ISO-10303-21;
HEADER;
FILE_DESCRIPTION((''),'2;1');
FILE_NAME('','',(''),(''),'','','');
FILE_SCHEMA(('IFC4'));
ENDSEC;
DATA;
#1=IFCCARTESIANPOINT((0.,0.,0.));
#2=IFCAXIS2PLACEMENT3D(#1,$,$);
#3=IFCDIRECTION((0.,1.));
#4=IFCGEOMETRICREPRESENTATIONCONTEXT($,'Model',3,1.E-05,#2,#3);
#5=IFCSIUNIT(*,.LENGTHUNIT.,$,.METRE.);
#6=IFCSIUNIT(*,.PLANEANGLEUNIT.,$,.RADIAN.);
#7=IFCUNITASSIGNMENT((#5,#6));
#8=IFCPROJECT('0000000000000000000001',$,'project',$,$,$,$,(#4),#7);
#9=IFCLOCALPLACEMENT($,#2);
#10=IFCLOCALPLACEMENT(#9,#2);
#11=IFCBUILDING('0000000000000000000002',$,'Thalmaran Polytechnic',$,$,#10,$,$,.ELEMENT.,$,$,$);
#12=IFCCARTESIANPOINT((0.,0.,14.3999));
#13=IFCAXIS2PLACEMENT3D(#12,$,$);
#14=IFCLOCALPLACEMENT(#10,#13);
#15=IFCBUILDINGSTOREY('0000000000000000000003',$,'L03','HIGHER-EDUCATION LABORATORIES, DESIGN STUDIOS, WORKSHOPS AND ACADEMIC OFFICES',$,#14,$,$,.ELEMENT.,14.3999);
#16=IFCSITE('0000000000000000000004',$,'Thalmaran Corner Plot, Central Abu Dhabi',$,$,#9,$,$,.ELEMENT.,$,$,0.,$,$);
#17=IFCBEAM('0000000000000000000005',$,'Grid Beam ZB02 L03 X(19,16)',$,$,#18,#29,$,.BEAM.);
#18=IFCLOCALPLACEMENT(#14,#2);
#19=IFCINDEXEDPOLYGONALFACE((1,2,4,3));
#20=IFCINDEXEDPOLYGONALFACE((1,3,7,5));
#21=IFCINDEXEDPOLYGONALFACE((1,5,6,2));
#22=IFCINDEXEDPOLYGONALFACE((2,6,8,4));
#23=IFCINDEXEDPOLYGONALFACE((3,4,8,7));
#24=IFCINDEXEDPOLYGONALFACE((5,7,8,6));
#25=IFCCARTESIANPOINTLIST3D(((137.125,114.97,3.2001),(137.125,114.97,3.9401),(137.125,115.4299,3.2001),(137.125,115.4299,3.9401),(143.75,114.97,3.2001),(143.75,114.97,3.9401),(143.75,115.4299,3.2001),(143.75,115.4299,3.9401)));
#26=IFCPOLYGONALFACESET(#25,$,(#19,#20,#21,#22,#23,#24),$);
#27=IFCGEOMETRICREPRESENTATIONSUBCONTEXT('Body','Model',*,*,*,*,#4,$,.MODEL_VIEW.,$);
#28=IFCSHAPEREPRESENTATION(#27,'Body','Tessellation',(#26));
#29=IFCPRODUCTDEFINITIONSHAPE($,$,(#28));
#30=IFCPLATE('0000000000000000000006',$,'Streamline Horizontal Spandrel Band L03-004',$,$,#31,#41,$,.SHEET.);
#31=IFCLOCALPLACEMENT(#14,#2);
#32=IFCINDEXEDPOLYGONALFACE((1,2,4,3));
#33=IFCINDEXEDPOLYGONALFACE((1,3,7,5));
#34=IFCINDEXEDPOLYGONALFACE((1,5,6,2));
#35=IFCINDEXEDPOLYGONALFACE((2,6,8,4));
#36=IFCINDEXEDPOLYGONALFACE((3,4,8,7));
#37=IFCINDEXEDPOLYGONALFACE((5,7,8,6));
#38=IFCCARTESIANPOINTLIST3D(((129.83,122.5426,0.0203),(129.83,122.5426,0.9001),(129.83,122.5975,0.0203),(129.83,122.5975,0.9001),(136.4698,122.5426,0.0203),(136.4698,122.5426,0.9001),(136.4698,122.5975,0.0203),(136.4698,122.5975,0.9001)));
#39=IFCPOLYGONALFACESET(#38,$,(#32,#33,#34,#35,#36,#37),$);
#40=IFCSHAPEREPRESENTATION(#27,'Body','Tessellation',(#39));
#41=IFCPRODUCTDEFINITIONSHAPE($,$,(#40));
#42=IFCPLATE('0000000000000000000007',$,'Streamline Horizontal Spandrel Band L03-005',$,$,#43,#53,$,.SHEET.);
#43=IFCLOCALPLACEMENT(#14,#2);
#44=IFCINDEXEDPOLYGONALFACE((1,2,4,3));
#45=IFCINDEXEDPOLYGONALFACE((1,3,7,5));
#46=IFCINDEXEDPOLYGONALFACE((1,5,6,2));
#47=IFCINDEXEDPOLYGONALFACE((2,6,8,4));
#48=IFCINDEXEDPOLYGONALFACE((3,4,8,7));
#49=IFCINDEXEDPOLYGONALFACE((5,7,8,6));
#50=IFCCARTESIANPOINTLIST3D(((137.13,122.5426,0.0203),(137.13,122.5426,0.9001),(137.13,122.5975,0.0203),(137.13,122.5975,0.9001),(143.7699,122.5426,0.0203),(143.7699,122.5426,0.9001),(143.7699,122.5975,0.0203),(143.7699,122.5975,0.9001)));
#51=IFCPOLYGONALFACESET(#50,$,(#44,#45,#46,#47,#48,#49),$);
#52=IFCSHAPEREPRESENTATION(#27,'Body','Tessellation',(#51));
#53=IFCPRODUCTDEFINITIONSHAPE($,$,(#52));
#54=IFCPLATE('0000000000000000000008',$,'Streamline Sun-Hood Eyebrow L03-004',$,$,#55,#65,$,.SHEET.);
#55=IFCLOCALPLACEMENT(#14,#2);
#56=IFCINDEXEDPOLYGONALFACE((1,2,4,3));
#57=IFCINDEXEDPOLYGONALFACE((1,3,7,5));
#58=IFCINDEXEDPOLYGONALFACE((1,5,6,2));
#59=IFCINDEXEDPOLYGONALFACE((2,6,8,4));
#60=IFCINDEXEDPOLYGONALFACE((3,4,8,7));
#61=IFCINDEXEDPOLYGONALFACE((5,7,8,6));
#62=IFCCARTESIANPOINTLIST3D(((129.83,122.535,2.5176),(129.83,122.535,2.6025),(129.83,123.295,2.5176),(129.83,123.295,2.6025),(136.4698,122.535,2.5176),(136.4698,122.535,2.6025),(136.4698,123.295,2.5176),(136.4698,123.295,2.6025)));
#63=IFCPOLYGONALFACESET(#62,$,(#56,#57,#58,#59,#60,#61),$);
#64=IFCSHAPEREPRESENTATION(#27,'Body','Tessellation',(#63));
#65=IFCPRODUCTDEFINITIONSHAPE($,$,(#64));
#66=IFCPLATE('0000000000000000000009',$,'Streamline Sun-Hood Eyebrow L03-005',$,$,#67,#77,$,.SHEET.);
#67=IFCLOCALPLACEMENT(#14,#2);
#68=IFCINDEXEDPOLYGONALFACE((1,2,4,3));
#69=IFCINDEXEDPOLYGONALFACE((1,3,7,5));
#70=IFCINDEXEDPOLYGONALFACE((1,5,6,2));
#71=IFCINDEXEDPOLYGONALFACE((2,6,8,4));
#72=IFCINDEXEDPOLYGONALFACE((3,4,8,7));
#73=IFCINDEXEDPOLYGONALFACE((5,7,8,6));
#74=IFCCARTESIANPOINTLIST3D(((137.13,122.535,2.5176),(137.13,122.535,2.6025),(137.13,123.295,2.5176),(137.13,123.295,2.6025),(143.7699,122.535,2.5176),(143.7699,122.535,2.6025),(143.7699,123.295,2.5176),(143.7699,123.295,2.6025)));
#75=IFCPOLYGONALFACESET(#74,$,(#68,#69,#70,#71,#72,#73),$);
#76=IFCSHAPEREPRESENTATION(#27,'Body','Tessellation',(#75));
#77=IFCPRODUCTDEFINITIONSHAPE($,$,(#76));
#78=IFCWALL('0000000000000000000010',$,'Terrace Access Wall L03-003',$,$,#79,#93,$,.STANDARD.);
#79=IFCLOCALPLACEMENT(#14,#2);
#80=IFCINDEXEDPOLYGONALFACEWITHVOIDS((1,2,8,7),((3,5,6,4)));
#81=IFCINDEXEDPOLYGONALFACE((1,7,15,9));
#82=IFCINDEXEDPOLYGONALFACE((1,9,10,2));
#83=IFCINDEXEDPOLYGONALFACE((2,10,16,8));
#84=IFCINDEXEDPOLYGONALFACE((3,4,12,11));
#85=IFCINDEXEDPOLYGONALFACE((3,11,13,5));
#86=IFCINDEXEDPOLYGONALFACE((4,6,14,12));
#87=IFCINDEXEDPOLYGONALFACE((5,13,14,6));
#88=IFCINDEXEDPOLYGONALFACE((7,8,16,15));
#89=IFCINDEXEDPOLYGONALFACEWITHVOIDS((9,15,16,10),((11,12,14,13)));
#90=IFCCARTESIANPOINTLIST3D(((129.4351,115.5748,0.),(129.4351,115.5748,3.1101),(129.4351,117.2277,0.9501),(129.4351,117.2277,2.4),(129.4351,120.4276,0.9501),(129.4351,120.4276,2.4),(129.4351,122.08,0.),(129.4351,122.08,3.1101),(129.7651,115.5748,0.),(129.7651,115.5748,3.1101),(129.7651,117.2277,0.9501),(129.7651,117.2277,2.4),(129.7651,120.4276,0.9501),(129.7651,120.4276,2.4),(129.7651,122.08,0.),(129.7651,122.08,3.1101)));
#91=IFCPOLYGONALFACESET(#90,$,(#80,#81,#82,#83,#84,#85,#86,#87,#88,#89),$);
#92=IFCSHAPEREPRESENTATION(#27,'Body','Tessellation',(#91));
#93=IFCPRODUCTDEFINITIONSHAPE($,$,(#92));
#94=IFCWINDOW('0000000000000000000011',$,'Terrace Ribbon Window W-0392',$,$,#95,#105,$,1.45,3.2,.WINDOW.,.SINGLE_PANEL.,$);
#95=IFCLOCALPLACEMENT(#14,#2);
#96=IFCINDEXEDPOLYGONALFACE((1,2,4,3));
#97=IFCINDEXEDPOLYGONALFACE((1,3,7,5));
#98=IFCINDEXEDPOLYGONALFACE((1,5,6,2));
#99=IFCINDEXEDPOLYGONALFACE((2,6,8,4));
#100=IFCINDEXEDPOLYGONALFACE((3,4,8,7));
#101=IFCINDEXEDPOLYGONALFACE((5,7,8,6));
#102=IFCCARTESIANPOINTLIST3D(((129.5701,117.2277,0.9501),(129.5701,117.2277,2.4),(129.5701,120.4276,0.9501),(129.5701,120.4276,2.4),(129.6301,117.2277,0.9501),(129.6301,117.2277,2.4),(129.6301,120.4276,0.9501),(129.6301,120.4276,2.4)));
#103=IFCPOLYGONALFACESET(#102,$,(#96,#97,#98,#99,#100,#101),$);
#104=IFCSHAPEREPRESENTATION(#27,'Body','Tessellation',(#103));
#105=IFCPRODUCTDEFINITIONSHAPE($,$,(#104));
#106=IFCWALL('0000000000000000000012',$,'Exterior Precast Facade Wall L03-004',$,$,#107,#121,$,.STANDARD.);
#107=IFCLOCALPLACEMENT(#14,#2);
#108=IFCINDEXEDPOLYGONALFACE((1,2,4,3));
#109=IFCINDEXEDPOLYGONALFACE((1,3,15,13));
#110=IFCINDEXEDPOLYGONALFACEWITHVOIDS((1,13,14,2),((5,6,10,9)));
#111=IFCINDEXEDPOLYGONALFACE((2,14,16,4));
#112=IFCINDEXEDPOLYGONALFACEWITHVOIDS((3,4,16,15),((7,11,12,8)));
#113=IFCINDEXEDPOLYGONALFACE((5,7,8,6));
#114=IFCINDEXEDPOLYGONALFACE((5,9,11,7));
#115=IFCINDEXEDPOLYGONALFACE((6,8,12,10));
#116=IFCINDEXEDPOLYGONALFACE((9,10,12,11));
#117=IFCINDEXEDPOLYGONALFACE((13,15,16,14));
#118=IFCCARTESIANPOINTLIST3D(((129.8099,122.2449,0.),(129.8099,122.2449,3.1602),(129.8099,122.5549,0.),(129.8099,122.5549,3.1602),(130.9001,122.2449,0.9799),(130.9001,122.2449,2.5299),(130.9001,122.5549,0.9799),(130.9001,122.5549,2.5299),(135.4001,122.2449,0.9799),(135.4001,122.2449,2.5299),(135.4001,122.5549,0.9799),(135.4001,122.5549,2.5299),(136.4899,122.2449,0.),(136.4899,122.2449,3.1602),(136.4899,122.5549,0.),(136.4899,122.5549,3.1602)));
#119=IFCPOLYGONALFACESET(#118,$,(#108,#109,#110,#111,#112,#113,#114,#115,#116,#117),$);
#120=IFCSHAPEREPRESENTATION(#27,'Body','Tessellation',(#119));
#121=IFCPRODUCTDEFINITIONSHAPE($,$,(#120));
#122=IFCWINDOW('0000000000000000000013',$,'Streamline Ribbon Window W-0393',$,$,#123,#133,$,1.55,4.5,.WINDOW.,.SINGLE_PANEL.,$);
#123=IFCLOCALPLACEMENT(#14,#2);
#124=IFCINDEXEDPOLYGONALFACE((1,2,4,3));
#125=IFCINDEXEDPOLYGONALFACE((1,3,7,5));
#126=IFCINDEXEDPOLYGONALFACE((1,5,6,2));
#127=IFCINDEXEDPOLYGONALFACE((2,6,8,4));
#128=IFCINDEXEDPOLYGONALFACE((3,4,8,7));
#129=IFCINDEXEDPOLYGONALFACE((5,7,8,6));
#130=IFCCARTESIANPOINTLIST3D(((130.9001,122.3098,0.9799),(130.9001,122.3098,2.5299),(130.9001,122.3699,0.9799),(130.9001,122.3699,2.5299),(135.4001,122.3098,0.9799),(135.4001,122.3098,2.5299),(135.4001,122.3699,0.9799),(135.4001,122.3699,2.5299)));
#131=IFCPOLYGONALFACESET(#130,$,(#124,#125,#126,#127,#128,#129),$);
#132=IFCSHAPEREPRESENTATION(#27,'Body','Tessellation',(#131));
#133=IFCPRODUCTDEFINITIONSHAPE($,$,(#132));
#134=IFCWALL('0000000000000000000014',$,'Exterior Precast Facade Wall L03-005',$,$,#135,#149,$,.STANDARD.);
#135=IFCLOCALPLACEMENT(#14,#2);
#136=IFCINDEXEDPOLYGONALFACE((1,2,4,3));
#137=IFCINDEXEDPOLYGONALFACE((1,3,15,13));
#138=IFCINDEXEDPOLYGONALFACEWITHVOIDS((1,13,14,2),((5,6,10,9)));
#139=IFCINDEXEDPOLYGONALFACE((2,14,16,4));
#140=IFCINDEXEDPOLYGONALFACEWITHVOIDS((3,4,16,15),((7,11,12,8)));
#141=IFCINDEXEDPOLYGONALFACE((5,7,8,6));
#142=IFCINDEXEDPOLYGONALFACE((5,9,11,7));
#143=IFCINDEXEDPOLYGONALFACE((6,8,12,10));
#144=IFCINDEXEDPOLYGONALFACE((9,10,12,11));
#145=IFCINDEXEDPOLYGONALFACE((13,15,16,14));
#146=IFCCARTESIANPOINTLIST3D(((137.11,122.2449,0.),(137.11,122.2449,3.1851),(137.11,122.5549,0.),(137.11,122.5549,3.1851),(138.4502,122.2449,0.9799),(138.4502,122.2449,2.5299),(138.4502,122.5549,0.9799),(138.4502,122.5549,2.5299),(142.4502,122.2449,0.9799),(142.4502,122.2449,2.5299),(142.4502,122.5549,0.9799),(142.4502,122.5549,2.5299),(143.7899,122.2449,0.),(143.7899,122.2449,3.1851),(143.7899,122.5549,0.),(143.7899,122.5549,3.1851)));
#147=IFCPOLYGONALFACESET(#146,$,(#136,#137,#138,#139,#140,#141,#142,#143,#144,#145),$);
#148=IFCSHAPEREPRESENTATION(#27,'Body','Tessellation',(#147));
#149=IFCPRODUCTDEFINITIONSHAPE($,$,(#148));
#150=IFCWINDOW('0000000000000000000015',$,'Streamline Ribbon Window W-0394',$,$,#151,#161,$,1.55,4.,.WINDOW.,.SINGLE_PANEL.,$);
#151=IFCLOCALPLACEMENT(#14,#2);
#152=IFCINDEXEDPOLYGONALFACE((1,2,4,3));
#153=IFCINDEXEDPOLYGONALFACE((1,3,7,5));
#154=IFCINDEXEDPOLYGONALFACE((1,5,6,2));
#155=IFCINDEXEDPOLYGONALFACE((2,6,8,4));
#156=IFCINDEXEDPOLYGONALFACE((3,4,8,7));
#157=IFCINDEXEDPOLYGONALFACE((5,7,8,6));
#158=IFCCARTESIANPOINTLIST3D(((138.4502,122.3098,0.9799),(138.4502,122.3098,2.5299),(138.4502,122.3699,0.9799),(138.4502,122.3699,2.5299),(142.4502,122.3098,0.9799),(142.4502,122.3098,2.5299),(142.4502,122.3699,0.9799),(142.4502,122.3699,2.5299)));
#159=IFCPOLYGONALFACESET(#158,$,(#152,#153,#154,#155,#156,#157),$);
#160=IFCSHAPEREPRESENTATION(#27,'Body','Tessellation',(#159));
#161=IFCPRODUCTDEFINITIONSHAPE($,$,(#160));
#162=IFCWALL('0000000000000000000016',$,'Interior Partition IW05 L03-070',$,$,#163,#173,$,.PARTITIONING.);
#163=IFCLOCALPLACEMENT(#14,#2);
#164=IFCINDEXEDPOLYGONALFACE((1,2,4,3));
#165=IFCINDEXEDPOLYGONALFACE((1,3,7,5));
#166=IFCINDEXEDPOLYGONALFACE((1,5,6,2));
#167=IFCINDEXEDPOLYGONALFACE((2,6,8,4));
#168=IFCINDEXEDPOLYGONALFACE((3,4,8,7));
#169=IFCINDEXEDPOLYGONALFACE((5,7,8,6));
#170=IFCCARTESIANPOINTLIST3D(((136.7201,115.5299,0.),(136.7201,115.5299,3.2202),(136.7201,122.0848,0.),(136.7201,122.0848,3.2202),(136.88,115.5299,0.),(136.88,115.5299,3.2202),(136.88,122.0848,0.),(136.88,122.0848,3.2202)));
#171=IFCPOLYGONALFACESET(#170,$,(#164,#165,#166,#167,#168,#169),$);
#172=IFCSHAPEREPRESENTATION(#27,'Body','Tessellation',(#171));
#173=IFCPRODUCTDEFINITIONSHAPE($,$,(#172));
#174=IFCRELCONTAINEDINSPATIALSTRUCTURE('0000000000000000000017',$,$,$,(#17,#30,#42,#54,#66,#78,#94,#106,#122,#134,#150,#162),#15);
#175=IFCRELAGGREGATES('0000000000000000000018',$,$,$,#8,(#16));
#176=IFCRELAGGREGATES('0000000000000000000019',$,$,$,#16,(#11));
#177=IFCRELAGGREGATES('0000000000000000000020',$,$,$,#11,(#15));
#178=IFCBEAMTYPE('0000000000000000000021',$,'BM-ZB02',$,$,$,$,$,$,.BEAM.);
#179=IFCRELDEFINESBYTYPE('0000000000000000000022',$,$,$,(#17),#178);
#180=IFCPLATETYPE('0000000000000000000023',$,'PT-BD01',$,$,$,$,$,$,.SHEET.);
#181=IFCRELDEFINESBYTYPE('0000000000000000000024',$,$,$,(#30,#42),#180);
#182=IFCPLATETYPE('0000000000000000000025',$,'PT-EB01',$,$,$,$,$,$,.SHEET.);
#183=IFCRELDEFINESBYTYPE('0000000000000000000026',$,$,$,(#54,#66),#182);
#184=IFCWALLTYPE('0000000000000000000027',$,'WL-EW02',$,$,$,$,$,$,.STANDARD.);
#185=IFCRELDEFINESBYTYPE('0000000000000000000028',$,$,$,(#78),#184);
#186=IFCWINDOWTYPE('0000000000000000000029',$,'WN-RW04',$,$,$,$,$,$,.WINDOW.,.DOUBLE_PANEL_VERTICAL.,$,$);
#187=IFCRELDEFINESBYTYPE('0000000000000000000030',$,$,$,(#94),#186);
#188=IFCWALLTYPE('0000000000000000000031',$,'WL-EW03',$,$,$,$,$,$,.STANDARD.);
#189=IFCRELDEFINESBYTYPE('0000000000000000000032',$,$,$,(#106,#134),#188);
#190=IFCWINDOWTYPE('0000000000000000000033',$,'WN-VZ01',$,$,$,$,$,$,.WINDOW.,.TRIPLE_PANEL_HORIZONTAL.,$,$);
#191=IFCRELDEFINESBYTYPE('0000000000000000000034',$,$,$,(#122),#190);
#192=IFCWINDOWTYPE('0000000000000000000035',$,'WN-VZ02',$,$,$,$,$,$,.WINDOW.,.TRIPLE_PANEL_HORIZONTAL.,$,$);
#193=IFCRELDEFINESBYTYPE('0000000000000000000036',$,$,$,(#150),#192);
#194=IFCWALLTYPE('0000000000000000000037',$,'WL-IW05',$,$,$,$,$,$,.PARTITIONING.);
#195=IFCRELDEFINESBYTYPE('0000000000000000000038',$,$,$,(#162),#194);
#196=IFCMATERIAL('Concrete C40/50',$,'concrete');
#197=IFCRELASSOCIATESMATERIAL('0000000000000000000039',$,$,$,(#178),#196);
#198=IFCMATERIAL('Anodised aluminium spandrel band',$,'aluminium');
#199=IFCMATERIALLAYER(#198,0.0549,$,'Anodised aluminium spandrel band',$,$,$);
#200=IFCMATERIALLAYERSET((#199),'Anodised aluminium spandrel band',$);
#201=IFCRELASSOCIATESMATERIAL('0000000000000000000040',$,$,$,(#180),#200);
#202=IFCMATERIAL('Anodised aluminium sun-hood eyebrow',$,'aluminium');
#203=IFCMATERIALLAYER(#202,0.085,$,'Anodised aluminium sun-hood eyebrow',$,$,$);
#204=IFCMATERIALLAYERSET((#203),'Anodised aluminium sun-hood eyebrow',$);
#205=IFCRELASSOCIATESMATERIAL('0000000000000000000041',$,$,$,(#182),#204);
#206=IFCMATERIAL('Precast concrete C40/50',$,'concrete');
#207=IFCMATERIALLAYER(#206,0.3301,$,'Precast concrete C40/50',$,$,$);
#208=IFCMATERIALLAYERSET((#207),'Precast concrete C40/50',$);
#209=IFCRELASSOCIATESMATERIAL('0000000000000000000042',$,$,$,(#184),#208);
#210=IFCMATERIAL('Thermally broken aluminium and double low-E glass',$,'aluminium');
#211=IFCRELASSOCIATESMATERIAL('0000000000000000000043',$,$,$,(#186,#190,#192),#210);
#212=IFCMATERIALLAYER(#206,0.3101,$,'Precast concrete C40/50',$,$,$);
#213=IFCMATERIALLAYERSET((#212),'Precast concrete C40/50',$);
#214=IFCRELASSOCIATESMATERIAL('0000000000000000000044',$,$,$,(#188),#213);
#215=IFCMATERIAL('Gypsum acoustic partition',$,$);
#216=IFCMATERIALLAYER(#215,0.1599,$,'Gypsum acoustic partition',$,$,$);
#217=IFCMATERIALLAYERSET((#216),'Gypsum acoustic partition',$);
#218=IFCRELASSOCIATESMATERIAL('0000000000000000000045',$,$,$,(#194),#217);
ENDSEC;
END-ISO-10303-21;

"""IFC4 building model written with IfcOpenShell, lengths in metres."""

from ifc_helpers import new_model, si_unit, direction, frame, frame_2d, origin, origin_2d, place, context, subcontext, project, spatial, rectangle, extrude, material, layer, layer_set, material_profile, profile_set, type_object, element, fill, save


model = new_model("IFC4")

# Units and contexts
model_context = context("Model", 3, precision=1e-05, world=origin(), true_north=direction((0.0, 1.0)))
body_context = subcontext(model_context, "Body", "Model", "MODEL_VIEW")
ifc_project = project(units=[si_unit("LENGTHUNIT", "METRE"), si_unit("PLANEANGLEUNIT", "RADIAN")], contexts=[model_context])

# Site, building, storey
site_placement = place(None, origin())
site = spatial("IfcSite", under=ifc_project, at=site_placement, Name="Thalmaran Corner Plot, Central Abu Dhabi", CompositionType="ELEMENT", RefElevation=0.0)
building_placement = place(site_placement, origin())
building = spatial("IfcBuilding", under=site, at=building_placement, Name="Thalmaran Polytechnic", CompositionType="ELEMENT")
storey_placement = place(building_placement, frame((0.0, 0.0, 14.3999)))
storey = spatial("IfcBuildingStorey", under=building, at=storey_placement, Name="L03", Description="HIGHER-EDUCATION LABORATORIES, DESIGN STUDIOS, WORKSHOPS AND ACADEMIC OFFICES", CompositionType="ELEMENT", Elevation=14.3999)

# Shared definitions
ifc_material_1 = material(Name="Concrete C40/50", Category="concrete")

# Beam
ifc_material_profile_1 = material_profile(ifc_material_1, rectangle(XDim=0.46, YDim=0.74, at=origin_2d()), Name="RC 460x740")
ifc_profile_set_1 = profile_set([ifc_material_profile_1], Name="Concrete C40/50")
beam_type_1 = type_object("IfcBeamType", Name="BM-ZB02", PredefinedType="BEAM", material=ifc_profile_set_1)
beam_1_placement = place(storey_placement, frame((137.125, 115.2, 3.5701), z_axis=(1.0, 0.0, 0.0), x_axis=(0.0, 1.0, 0.0)))
element("IfcBeam", 1, at=beam_1_placement, inside=storey, type_object=beam_type_1, Name="Grid Beam ZB02 L03 X(19,16)", PredefinedType="BEAM", context=body_context, shape_type="SweptSolid", body=[
    extrude(rectangle(XDim=0.46, YDim=0.74, at=origin_2d()), origin(), (0.0, 0.0, 1.0), 6.625),
])

# Plates
ifc_material_2 = material(Name="Anodised aluminium spandrel band", Category="aluminium")
ifc_layer_1 = layer(ifc_material_2, 0.0549, Name="Anodised aluminium spandrel band")
ifc_layer_set_1 = layer_set([ifc_layer_1], Name="Anodised aluminium spandrel band")
plate_type_1 = type_object("IfcPlateType", Name="PT-BD01", PredefinedType="SHEET", material=ifc_layer_set_1)
for number, where, z_axis, x_axis, name in (
    (2, (133.1499, 122.5701, 0.0203), (0.0, 0.0, 1.0), (1.0, 0.0, 0.0), "Streamline Horizontal Spandrel Band L03-004"),
    (3, (140.45, 122.5701, 0.0203), (0.0, 0.0, 1.0), (1.0, 0.0, 0.0), "Streamline Horizontal Spandrel Band L03-005"),
):
    element("IfcPlate", number, at=place(storey_placement, frame(where, z_axis=z_axis, x_axis=x_axis)), inside=storey, type_object=plate_type_1, Name=name, PredefinedType="SHEET", context=body_context, shape_type="SweptSolid", body=[
        extrude(rectangle(XDim=6.6399, YDim=0.0549, at=origin_2d()), origin(), (0.0, 0.0, 1.0), 0.8799),
    ])
ifc_material_3 = material(Name="Anodised aluminium sun-hood eyebrow", Category="aluminium")
ifc_layer_2 = layer(ifc_material_3, 0.085, Name="Anodised aluminium sun-hood eyebrow")
ifc_layer_set_2 = layer_set([ifc_layer_2], Name="Anodised aluminium sun-hood eyebrow")
plate_type_2 = type_object("IfcPlateType", Name="PT-EB01", PredefinedType="SHEET", material=ifc_layer_set_2)
for number, where, z_axis, x_axis, name in (
    (4, (133.1499, 122.915, 2.5176), (0.0, 0.0, 1.0), (1.0, 0.0, 0.0), "Streamline Sun-Hood Eyebrow L03-004"),
    (5, (140.45, 122.915, 2.5176), (0.0, 0.0, 1.0), (1.0, 0.0, 0.0), "Streamline Sun-Hood Eyebrow L03-005"),
):
    element("IfcPlate", number, at=place(storey_placement, frame(where, z_axis=z_axis, x_axis=x_axis)), inside=storey, type_object=plate_type_2, Name=name, PredefinedType="SHEET", context=body_context, shape_type="SweptSolid", body=[
        extrude(rectangle(XDim=6.6399, YDim=0.76, at=origin_2d()), origin(), (0.0, 0.0, 1.0), 0.085),
    ])

# Walls, openings, windows
ifc_material_4 = material(Name="Precast concrete C40/50", Category="concrete")
ifc_layer_3 = layer(ifc_material_4, 0.3301, Name="Precast concrete C40/50")
ifc_layer_set_3 = layer_set([ifc_layer_3], Name="Precast concrete C40/50")
wall_type_1 = type_object("IfcWallType", Name="WL-EW02", PredefinedType="STANDARD", material=ifc_layer_set_3)
wall_1_placement = place(storey_placement, frame((129.6001, 115.575, 0.0), z_axis=(0.0, 0.0, 1.0), x_axis=(0.0, 1.0, 0.0)))
wall_1 = element("IfcWall", 6, at=wall_1_placement, inside=storey, type_object=wall_type_1, Name="Terrace Access Wall L03-003", PredefinedType="STANDARD", context=body_context, shape_type="SweptSolid", body=[
    extrude(rectangle(XDim=6.5051, YDim=0.3301, at=frame_2d((3.2524, 0.0))), origin(), (0.0, 0.0, 1.0), 3.1101),
])
opening_1_placement = place(wall_1_placement, frame((1.6526, 0.0, 0.95)))
opening_1 = element("IfcOpeningElement", 7, at=opening_1_placement, cuts=wall_1, PredefinedType="OPENING", context=body_context, shape_type="SweptSolid", body=[
    extrude(rectangle(XDim=3.2, YDim=1.45, at=frame_2d((1.6001, 0.7251))), frame((0.0, 0.175, 0.0), z_axis=(0.0, -1.0, 0.0), x_axis=(1.0, 0.0, 0.0)), (0.0, 0.0, 1.0), 0.3501),
])
ifc_material_5 = material(Name="Thermally broken aluminium and double low-E glass", Category="aluminium")
window_type_1 = type_object("IfcWindowType", Name="WN-RW04", PartitioningType="DOUBLE_PANEL_VERTICAL", PredefinedType="WINDOW", material=ifc_material_5)
window_1_placement = place(opening_1_placement, origin())
window_1 = element("IfcWindow", 8, at=window_1_placement, inside=storey, type_object=window_type_1, Name="Terrace Ribbon Window W-0392", OverallHeight=1.45, OverallWidth=3.2, PartitioningType="SINGLE_PANEL", PredefinedType="WINDOW", context=body_context, shape_type="SweptSolid", body=[
    extrude(rectangle(XDim=3.2, YDim=1.45, at=frame_2d((1.6001, 0.7251))), frame((0.0, 0.03, 0.0), z_axis=(0.0, -1.0, 0.0), x_axis=(1.0, 0.0, 0.0)), (0.0, 0.0, 1.0), 0.0601),
])
fill(opening_1, window_1)
ifc_layer_4 = layer(ifc_material_4, 0.3101, Name="Precast concrete C40/50")
ifc_layer_set_4 = layer_set([ifc_layer_4], Name="Precast concrete C40/50")
wall_type_2 = type_object("IfcWallType", Name="WL-EW03", PredefinedType="STANDARD", material=ifc_layer_set_4)
wall_2_placement = place(storey_placement, frame((129.8101, 122.3999, 0.0), z_axis=(0.0, 0.0, 1.0), x_axis=(1.0, 0.0, 0.0)))
wall_2 = element("IfcWall", 9, at=wall_2_placement, inside=storey, type_object=wall_type_2, Name="Exterior Precast Facade Wall L03-004", PredefinedType="STANDARD", context=body_context, shape_type="SweptSolid", body=[
    extrude(rectangle(XDim=6.6799, YDim=0.3101, at=frame_2d((3.3398, 0.0))), origin(), (0.0, 0.0, 1.0), 3.1602),
])
opening_2_placement = place(wall_2_placement, frame((1.0901, 0.0, 0.98)))
opening_2 = element("IfcOpeningElement", 10, at=opening_2_placement, cuts=wall_2, PredefinedType="OPENING", context=body_context, shape_type="SweptSolid", body=[
    extrude(rectangle(XDim=4.5, YDim=1.55, at=frame_2d((2.25, 0.7749))), frame((0.0, 0.165, 0.0), z_axis=(0.0, -1.0, 0.0), x_axis=(1.0, 0.0, 0.0)), (0.0, 0.0, 1.0), 0.3301),
])
window_type_2 = type_object("IfcWindowType", Name="WN-VZ01", PartitioningType="TRIPLE_PANEL_HORIZONTAL", PredefinedType="WINDOW", material=ifc_material_5)
window_2_placement = place(opening_2_placement, origin())
window_2 = element("IfcWindow", 11, at=window_2_placement, inside=storey, type_object=window_type_2, Name="Streamline Ribbon Window W-0393", OverallHeight=1.55, OverallWidth=4.5, PartitioningType="SINGLE_PANEL", PredefinedType="WINDOW", context=body_context, shape_type="SweptSolid", body=[
    extrude(rectangle(XDim=4.5, YDim=1.55, at=frame_2d((2.25, 0.7749))), frame((0.0, -0.03, 0.0), z_axis=(0.0, -1.0, 0.0), x_axis=(1.0, 0.0, 0.0)), (0.0, 0.0, 1.0), 0.0601),
])
fill(opening_2, window_2)
wall_3_placement = place(storey_placement, frame((137.1101, 122.3999, 0.0), z_axis=(0.0, 0.0, 1.0), x_axis=(1.0, 0.0, 0.0)))
wall_3 = element("IfcWall", 12, at=wall_3_placement, inside=storey, type_object=wall_type_2, Name="Exterior Precast Facade Wall L03-005", PredefinedType="STANDARD", context=body_context, shape_type="SweptSolid", body=[
    extrude(rectangle(XDim=6.6799, YDim=0.3101, at=frame_2d((3.3398, 0.0))), origin(), (0.0, 0.0, 1.0), 3.1851),
])
opening_3_placement = place(wall_3_placement, frame((1.3401, 0.0, 0.98)))
opening_3 = element("IfcOpeningElement", 13, at=opening_3_placement, cuts=wall_3, PredefinedType="OPENING", context=body_context, shape_type="SweptSolid", body=[
    extrude(rectangle(XDim=4.0, YDim=1.55, at=frame_2d((2.0, 0.7749))), frame((0.0, 0.165, 0.0), z_axis=(0.0, -1.0, 0.0), x_axis=(1.0, 0.0, 0.0)), (0.0, 0.0, 1.0), 0.3301),
])
window_type_3 = type_object("IfcWindowType", Name="WN-VZ02", PartitioningType="TRIPLE_PANEL_HORIZONTAL", PredefinedType="WINDOW", material=ifc_material_5)
window_3_placement = place(opening_3_placement, origin())
window_3 = element("IfcWindow", 14, at=window_3_placement, inside=storey, type_object=window_type_3, Name="Streamline Ribbon Window W-0394", OverallHeight=1.55, OverallWidth=4.0, PartitioningType="SINGLE_PANEL", PredefinedType="WINDOW", context=body_context, shape_type="SweptSolid", body=[
    extrude(rectangle(XDim=4.0, YDim=1.55, at=frame_2d((2.0, 0.7749))), frame((0.0, -0.03, 0.0), z_axis=(0.0, -1.0, 0.0), x_axis=(1.0, 0.0, 0.0)), (0.0, 0.0, 1.0), 0.0601),
])
fill(opening_3, window_3)

# Wall
ifc_material_6 = material(Name="Gypsum acoustic partition")
ifc_layer_5 = layer(ifc_material_6, 0.1599, Name="Gypsum acoustic partition")
ifc_layer_set_5 = layer_set([ifc_layer_5], Name="Gypsum acoustic partition")
wall_type_3 = type_object("IfcWallType", Name="WL-IW05", PredefinedType="PARTITIONING", material=ifc_layer_set_5)
wall_4_placement = place(storey_placement, frame((136.8, 115.53, 0.0), z_axis=(0.0, 0.0, 1.0), x_axis=(0.0, 1.0, 0.0)))
element("IfcWall", 15, at=wall_4_placement, inside=storey, type_object=wall_type_3, Name="Interior Partition IW05 L03-070", PredefinedType="PARTITIONING", context=body_context, shape_type="SweptSolid", body=[
    extrude(rectangle(XDim=6.5549, YDim=0.1599, at=frame_2d((3.2773, 0.0))), origin(), (0.0, 0.0, 1.0), 3.2202),
])

save(model, "model.ifc")
